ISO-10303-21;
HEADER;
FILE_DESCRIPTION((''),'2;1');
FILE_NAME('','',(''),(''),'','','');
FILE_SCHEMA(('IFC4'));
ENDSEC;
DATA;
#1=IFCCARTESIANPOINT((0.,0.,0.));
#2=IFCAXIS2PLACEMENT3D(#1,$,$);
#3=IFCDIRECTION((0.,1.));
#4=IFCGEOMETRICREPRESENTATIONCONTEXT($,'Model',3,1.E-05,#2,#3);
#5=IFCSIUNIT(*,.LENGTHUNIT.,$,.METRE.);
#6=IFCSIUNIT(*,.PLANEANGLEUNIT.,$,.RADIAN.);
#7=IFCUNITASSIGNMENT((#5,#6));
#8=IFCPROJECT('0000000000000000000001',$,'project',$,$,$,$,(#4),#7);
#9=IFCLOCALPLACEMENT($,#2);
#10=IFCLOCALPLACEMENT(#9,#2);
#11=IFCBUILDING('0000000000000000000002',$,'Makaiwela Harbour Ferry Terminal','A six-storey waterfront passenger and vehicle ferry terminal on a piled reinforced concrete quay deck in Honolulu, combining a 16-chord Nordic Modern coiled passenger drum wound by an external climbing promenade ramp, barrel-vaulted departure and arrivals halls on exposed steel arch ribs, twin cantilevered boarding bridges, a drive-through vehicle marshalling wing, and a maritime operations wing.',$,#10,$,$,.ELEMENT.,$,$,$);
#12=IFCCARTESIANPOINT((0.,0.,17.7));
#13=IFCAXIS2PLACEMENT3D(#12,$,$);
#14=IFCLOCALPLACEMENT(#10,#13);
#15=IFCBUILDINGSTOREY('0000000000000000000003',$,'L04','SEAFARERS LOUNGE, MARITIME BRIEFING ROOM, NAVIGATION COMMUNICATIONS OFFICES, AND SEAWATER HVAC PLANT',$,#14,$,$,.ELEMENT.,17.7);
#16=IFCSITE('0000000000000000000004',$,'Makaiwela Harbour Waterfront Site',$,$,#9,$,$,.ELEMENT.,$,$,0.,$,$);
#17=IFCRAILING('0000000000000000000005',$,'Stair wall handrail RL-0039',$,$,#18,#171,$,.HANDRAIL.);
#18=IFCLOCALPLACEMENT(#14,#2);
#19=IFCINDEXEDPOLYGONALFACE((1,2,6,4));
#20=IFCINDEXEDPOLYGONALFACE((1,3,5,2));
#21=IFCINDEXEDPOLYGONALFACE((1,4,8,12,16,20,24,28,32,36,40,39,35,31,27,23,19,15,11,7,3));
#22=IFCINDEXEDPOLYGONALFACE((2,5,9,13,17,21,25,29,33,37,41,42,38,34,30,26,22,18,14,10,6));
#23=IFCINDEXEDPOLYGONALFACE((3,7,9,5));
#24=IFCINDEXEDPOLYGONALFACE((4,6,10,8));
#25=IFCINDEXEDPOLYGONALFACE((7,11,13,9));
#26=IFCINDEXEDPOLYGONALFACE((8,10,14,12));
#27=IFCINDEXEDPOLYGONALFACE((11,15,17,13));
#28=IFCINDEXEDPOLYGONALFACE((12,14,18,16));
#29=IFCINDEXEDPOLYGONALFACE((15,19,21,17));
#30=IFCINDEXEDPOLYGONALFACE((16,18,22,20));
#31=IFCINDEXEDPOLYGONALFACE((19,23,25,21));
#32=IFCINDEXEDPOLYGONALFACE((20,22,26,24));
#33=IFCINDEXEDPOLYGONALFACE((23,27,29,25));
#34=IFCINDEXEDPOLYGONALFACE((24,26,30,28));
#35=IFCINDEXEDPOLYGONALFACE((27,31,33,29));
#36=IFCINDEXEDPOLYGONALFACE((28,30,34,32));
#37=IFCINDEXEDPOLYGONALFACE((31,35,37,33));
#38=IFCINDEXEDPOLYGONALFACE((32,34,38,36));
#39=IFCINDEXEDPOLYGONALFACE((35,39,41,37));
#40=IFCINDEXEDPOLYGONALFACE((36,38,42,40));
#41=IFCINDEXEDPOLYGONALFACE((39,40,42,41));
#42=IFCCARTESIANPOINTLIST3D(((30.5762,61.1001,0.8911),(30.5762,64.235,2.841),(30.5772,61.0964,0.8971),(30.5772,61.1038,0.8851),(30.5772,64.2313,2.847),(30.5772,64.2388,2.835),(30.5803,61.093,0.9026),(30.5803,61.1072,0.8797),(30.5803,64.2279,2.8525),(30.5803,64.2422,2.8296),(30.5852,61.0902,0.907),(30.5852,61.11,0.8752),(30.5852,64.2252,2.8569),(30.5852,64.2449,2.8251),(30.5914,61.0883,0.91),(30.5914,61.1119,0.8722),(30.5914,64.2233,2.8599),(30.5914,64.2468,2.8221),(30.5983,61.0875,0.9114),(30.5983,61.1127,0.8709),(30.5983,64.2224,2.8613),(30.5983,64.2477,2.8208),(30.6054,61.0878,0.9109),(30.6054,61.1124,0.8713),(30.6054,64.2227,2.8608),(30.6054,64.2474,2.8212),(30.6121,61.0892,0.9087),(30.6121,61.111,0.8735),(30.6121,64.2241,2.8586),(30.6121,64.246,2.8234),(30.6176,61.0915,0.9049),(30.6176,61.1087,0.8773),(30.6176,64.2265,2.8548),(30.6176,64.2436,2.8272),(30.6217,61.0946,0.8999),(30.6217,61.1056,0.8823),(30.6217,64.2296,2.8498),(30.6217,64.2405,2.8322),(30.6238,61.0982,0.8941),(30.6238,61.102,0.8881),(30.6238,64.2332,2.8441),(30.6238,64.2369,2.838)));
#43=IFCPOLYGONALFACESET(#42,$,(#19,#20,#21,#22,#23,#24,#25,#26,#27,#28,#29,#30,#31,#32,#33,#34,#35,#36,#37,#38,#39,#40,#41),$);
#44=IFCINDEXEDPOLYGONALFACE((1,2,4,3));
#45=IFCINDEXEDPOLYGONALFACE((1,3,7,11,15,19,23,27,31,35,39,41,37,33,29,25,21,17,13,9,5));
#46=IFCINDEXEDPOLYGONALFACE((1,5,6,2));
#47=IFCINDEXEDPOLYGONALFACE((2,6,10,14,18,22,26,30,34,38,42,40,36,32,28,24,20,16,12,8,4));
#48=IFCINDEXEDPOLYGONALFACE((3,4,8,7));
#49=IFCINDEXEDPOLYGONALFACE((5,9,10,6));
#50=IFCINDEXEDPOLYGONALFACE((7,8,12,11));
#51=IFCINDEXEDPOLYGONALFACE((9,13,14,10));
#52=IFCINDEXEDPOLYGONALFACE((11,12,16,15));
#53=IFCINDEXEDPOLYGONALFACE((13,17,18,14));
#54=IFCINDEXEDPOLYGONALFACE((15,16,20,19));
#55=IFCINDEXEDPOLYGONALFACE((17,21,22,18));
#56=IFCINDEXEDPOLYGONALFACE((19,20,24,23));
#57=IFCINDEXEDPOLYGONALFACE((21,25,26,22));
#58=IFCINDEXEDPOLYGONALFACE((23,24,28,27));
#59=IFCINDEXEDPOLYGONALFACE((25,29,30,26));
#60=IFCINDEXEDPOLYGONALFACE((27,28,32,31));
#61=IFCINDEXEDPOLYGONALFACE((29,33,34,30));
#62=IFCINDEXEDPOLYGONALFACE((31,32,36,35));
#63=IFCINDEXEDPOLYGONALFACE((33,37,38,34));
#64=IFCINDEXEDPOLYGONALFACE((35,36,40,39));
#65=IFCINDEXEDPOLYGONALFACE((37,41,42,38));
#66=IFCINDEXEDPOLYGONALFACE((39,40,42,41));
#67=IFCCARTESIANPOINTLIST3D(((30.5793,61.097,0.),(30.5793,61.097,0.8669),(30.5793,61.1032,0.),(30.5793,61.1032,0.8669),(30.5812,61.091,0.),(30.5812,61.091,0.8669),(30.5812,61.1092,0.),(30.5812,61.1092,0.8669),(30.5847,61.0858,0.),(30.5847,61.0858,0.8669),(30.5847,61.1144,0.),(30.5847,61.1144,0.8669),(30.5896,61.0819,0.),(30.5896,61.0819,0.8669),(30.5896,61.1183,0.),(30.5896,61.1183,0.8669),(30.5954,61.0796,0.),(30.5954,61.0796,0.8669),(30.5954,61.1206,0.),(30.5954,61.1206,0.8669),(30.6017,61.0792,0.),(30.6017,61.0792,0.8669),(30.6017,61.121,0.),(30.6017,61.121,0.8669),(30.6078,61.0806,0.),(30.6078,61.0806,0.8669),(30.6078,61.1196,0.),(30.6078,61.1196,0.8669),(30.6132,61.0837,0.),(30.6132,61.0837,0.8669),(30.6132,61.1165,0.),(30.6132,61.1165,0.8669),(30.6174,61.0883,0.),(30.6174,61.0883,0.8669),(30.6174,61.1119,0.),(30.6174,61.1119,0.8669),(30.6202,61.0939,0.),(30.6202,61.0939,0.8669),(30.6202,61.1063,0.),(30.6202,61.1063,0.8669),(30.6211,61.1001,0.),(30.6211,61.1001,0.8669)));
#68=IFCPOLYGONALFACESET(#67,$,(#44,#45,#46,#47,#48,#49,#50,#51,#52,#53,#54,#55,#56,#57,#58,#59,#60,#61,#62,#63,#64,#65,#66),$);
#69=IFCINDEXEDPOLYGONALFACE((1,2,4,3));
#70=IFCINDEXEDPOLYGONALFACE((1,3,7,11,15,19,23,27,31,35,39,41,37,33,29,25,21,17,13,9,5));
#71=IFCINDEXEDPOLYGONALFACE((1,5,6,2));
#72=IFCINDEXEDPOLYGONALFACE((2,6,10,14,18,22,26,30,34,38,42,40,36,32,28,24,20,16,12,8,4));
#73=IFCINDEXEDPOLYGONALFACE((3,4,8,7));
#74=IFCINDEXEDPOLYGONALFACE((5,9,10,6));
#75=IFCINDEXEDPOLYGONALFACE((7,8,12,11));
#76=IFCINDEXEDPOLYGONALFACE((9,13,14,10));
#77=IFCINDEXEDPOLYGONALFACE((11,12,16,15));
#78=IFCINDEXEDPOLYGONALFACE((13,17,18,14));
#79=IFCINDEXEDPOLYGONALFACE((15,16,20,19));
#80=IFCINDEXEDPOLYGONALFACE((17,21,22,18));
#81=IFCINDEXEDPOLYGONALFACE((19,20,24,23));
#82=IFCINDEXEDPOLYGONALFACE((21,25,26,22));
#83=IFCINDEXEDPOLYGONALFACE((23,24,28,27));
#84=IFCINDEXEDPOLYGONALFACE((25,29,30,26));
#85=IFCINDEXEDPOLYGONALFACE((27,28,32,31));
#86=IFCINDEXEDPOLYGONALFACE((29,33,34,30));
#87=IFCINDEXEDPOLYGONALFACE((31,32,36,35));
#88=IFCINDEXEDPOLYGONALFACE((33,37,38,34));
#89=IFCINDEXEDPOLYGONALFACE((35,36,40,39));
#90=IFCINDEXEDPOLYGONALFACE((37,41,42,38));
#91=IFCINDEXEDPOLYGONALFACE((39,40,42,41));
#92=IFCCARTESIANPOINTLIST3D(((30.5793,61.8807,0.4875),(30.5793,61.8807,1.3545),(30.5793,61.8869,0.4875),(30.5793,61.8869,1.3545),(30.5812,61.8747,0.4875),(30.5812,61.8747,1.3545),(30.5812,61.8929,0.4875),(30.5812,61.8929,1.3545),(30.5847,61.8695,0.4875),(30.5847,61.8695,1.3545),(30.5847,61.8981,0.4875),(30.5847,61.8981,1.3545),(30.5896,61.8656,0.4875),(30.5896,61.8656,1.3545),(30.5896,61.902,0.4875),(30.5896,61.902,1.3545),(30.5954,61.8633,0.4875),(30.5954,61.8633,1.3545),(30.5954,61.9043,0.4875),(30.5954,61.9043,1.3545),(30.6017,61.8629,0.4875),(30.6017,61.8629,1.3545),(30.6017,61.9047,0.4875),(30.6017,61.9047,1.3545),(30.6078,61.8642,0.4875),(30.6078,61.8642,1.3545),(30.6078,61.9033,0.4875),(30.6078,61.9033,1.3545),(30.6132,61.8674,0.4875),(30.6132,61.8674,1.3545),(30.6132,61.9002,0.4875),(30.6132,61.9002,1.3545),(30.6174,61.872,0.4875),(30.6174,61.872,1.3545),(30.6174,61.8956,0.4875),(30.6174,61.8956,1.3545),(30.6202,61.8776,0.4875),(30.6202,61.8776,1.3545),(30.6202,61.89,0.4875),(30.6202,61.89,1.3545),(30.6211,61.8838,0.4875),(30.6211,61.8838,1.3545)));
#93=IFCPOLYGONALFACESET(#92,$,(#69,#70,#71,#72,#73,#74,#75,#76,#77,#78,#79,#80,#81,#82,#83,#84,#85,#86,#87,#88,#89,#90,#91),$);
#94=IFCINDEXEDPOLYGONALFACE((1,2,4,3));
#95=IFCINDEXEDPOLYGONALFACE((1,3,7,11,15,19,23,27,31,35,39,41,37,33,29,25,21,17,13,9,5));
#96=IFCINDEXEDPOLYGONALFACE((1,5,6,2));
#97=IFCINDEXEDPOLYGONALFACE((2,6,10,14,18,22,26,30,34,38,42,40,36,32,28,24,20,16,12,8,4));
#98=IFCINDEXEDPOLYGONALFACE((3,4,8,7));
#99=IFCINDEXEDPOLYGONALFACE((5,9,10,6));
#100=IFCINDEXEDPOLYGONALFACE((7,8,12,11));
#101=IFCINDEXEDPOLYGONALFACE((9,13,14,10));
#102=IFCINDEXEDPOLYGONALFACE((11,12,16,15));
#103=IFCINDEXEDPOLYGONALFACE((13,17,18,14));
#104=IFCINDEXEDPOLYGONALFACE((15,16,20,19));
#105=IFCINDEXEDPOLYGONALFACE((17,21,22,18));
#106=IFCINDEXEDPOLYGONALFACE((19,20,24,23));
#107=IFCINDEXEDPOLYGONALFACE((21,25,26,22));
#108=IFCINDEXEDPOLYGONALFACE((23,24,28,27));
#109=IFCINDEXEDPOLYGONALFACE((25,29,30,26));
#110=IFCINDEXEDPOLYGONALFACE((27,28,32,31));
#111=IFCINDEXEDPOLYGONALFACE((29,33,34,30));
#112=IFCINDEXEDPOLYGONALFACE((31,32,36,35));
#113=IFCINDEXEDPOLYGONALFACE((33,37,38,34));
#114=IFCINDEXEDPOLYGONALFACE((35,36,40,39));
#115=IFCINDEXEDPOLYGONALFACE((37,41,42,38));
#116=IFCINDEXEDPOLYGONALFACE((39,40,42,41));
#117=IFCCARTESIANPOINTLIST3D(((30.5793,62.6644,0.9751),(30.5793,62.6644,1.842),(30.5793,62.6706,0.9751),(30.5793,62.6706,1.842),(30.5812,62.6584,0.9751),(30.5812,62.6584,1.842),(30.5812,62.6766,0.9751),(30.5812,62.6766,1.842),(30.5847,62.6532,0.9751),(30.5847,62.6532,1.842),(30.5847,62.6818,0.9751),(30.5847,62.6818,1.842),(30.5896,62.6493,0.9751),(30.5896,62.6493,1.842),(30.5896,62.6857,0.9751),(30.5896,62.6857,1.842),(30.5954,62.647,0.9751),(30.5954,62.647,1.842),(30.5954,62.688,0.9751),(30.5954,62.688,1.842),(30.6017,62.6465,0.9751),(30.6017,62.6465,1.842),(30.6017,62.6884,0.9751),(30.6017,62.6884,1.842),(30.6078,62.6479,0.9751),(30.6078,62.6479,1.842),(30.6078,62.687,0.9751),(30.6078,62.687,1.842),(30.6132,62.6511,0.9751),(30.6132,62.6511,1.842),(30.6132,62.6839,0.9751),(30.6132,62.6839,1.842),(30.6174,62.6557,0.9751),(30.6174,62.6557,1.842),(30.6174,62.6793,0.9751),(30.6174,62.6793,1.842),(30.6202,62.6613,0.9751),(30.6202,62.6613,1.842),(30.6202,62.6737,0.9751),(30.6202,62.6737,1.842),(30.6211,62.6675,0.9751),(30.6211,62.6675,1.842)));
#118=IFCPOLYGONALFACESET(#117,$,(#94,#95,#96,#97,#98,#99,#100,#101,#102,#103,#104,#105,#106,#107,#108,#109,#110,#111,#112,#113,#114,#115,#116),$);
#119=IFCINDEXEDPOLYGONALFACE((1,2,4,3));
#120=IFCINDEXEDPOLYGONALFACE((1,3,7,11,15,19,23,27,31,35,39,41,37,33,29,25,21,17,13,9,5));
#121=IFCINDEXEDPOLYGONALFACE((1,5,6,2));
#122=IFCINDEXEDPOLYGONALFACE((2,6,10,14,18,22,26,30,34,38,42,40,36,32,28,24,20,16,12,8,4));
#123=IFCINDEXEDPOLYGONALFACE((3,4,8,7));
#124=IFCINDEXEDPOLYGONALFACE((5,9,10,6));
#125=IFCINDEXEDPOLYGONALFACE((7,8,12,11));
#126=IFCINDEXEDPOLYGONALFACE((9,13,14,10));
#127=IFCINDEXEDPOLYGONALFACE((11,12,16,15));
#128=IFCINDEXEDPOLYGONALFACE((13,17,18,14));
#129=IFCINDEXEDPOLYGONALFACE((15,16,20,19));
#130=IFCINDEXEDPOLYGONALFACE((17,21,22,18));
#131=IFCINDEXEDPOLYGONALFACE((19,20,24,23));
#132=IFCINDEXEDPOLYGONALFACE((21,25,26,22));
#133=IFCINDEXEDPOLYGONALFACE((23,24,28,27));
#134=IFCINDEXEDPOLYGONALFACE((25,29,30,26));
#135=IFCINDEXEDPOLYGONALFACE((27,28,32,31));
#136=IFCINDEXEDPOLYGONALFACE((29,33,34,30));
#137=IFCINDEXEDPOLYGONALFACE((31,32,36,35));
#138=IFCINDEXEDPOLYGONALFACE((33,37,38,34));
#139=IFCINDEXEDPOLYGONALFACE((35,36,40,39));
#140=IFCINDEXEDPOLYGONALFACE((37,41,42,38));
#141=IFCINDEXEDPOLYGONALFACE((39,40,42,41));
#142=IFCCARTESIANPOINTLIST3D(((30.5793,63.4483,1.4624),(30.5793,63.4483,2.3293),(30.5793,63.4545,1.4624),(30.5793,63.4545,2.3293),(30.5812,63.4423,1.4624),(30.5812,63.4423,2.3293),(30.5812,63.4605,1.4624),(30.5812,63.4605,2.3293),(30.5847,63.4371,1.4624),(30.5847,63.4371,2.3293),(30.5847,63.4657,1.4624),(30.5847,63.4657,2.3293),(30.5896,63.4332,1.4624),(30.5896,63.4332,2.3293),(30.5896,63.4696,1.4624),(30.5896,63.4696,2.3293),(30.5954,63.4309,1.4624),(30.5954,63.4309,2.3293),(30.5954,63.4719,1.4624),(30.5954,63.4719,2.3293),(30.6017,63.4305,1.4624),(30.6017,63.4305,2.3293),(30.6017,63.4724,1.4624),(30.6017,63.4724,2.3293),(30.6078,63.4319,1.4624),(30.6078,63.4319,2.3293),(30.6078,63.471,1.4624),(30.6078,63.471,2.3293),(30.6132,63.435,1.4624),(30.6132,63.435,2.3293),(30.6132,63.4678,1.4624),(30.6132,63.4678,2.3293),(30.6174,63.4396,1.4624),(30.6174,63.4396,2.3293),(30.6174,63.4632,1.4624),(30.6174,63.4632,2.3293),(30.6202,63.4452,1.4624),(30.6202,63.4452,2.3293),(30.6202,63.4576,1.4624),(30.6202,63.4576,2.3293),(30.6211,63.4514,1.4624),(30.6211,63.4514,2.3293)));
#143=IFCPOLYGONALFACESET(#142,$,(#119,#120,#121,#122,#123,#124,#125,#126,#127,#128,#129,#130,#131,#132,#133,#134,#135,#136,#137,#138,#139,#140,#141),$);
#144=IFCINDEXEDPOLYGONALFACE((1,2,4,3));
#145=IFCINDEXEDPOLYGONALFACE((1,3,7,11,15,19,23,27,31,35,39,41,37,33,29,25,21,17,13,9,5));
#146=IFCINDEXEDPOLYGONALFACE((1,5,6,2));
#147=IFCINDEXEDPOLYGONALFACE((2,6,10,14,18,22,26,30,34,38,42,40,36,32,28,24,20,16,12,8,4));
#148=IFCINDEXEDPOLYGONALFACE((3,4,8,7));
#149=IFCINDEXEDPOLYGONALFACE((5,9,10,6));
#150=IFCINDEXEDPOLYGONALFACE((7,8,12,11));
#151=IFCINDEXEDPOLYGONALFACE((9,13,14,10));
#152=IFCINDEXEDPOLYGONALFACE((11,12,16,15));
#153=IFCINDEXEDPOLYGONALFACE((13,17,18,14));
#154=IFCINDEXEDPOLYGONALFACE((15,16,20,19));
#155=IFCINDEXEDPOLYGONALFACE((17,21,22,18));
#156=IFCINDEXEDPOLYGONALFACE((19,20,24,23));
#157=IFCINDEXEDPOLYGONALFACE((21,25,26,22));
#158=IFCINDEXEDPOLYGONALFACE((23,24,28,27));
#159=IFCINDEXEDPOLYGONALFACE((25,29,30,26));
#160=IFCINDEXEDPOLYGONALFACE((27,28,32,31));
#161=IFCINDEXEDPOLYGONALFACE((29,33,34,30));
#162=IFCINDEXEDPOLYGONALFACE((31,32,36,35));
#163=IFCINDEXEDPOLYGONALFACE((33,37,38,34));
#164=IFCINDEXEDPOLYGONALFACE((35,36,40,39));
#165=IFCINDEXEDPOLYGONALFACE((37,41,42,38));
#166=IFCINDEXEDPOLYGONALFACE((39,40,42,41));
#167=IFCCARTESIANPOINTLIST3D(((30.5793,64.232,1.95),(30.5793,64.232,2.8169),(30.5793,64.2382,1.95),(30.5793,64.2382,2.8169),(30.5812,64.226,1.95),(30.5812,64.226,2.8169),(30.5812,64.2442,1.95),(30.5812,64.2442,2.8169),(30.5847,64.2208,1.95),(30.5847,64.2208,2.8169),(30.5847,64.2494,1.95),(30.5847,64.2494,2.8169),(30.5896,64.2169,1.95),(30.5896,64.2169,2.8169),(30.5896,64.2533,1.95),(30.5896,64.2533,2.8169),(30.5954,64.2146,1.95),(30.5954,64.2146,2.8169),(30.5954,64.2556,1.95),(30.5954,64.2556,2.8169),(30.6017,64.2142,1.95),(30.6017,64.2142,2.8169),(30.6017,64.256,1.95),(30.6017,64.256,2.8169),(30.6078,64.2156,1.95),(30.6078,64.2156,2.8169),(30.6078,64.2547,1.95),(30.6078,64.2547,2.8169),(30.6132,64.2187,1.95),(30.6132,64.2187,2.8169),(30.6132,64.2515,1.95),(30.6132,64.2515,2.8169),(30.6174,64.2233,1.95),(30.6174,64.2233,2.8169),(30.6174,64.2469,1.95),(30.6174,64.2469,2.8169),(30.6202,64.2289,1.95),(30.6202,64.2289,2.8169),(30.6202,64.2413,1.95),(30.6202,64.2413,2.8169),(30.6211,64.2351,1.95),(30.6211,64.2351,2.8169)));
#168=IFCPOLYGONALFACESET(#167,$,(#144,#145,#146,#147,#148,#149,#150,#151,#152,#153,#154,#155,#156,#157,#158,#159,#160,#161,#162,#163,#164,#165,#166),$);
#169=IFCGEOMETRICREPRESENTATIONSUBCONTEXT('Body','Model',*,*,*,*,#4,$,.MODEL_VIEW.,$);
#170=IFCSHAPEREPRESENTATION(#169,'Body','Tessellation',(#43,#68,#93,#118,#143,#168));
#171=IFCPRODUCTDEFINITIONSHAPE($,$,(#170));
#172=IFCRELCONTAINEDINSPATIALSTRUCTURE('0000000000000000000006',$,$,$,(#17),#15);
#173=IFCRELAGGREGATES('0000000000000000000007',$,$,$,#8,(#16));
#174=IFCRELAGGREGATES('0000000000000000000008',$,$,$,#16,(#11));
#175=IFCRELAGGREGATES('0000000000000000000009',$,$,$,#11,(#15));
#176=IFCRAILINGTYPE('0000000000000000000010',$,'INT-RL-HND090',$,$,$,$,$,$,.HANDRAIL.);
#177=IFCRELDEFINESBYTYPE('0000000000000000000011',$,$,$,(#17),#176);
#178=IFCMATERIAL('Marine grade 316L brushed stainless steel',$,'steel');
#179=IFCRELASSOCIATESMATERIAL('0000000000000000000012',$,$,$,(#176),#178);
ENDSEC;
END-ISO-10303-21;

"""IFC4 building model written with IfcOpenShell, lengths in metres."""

from ifc_helpers import new_model, si_unit, direction, frame, origin, origin_2d, place, context, subcontext, project, spatial, circle, extrude, material, type_object, element, save


model = new_model("IFC4")

# Units and contexts
model_context = context("Model", 3, precision=1e-05, world=origin(), true_north=direction((0.0, 1.0)))
body_context = subcontext(model_context, "Body", "Model", "MODEL_VIEW")
ifc_project = project(units=[si_unit("LENGTHUNIT", "METRE"), si_unit("PLANEANGLEUNIT", "RADIAN")], contexts=[model_context])

# Site, building, storey
site_placement = place(None, origin())
site = spatial("IfcSite", under=ifc_project, at=site_placement, Name="Makaiwela Harbour Waterfront Site", CompositionType="ELEMENT", RefElevation=0.0)
building_placement = place(site_placement, origin())
building = spatial("IfcBuilding", under=site, at=building_placement, Name="Makaiwela Harbour Ferry Terminal", Description="A six-storey waterfront passenger and vehicle ferry terminal on a piled reinforced concrete quay deck in Honolulu, combining a 16-chord Nordic Modern coiled passenger drum wound by an external climbing promenade ramp, barrel-vaulted departure and arrivals halls on exposed steel arch ribs, twin cantilevered boarding bridges, a drive-through vehicle marshalling wing, and a maritime operations wing.", CompositionType="ELEMENT")
storey_placement = place(building_placement, frame((0.0, 0.0, 17.7)))
storey = spatial("IfcBuildingStorey", under=building, at=storey_placement, Name="L04", Description="SEAFARERS LOUNGE, MARITIME BRIEFING ROOM, NAVIGATION COMMUNICATIONS OFFICES, AND SEAWATER HVAC PLANT", CompositionType="ELEMENT", Elevation=17.7)

# Shared definitions
ifc_material_1 = material(Name="Marine grade 316L brushed stainless steel", Category="steel")

# Railing
railing_type_1 = type_object("IfcRailingType", Name="INT-RL-HND090", PredefinedType="HANDRAIL", material=ifc_material_1)
railing_1_placement = place(storey_placement, frame((30.6001, 61.1001, 0.0)))
element("IfcRailing", 1, at=railing_1_placement, inside=storey, type_object=railing_type_1, Name="Stair wall handrail RL-0039", PredefinedType="HANDRAIL", context=body_context, shape_type="SweptSolid", body=[
    extrude(circle(Radius=0.0239, at=origin_2d()), frame((0.0, 0.0, 0.8911), z_axis=(0.0, 0.849144, 0.528161), x_axis=(-1.0, 0.0, 0.0)), (0.0, 0.0, 1.0), 3.6919),
    extrude(circle(Radius=0.021, at=origin_2d()), origin(), (0.0, 0.0, 1.0), 0.8669),
    extrude(circle(Radius=0.021, at=origin_2d()), frame((0.0, 0.7837, 0.4875)), (0.0, 0.0, 1.0), 0.8669),
    extrude(circle(Radius=0.021, at=origin_2d()), frame((0.0, 1.5674, 0.9751)), (0.0, 0.0, 1.0), 0.8669),
    extrude(circle(Radius=0.021, at=origin_2d()), frame((0.0, 2.3513, 1.4624)), (0.0, 0.0, 1.0), 0.8669),
    extrude(circle(Radius=0.021, at=origin_2d()), frame((0.0, 3.135, 1.95)), (0.0, 0.0, 1.0), 0.8669),
])

save(model, "model.ifc")
